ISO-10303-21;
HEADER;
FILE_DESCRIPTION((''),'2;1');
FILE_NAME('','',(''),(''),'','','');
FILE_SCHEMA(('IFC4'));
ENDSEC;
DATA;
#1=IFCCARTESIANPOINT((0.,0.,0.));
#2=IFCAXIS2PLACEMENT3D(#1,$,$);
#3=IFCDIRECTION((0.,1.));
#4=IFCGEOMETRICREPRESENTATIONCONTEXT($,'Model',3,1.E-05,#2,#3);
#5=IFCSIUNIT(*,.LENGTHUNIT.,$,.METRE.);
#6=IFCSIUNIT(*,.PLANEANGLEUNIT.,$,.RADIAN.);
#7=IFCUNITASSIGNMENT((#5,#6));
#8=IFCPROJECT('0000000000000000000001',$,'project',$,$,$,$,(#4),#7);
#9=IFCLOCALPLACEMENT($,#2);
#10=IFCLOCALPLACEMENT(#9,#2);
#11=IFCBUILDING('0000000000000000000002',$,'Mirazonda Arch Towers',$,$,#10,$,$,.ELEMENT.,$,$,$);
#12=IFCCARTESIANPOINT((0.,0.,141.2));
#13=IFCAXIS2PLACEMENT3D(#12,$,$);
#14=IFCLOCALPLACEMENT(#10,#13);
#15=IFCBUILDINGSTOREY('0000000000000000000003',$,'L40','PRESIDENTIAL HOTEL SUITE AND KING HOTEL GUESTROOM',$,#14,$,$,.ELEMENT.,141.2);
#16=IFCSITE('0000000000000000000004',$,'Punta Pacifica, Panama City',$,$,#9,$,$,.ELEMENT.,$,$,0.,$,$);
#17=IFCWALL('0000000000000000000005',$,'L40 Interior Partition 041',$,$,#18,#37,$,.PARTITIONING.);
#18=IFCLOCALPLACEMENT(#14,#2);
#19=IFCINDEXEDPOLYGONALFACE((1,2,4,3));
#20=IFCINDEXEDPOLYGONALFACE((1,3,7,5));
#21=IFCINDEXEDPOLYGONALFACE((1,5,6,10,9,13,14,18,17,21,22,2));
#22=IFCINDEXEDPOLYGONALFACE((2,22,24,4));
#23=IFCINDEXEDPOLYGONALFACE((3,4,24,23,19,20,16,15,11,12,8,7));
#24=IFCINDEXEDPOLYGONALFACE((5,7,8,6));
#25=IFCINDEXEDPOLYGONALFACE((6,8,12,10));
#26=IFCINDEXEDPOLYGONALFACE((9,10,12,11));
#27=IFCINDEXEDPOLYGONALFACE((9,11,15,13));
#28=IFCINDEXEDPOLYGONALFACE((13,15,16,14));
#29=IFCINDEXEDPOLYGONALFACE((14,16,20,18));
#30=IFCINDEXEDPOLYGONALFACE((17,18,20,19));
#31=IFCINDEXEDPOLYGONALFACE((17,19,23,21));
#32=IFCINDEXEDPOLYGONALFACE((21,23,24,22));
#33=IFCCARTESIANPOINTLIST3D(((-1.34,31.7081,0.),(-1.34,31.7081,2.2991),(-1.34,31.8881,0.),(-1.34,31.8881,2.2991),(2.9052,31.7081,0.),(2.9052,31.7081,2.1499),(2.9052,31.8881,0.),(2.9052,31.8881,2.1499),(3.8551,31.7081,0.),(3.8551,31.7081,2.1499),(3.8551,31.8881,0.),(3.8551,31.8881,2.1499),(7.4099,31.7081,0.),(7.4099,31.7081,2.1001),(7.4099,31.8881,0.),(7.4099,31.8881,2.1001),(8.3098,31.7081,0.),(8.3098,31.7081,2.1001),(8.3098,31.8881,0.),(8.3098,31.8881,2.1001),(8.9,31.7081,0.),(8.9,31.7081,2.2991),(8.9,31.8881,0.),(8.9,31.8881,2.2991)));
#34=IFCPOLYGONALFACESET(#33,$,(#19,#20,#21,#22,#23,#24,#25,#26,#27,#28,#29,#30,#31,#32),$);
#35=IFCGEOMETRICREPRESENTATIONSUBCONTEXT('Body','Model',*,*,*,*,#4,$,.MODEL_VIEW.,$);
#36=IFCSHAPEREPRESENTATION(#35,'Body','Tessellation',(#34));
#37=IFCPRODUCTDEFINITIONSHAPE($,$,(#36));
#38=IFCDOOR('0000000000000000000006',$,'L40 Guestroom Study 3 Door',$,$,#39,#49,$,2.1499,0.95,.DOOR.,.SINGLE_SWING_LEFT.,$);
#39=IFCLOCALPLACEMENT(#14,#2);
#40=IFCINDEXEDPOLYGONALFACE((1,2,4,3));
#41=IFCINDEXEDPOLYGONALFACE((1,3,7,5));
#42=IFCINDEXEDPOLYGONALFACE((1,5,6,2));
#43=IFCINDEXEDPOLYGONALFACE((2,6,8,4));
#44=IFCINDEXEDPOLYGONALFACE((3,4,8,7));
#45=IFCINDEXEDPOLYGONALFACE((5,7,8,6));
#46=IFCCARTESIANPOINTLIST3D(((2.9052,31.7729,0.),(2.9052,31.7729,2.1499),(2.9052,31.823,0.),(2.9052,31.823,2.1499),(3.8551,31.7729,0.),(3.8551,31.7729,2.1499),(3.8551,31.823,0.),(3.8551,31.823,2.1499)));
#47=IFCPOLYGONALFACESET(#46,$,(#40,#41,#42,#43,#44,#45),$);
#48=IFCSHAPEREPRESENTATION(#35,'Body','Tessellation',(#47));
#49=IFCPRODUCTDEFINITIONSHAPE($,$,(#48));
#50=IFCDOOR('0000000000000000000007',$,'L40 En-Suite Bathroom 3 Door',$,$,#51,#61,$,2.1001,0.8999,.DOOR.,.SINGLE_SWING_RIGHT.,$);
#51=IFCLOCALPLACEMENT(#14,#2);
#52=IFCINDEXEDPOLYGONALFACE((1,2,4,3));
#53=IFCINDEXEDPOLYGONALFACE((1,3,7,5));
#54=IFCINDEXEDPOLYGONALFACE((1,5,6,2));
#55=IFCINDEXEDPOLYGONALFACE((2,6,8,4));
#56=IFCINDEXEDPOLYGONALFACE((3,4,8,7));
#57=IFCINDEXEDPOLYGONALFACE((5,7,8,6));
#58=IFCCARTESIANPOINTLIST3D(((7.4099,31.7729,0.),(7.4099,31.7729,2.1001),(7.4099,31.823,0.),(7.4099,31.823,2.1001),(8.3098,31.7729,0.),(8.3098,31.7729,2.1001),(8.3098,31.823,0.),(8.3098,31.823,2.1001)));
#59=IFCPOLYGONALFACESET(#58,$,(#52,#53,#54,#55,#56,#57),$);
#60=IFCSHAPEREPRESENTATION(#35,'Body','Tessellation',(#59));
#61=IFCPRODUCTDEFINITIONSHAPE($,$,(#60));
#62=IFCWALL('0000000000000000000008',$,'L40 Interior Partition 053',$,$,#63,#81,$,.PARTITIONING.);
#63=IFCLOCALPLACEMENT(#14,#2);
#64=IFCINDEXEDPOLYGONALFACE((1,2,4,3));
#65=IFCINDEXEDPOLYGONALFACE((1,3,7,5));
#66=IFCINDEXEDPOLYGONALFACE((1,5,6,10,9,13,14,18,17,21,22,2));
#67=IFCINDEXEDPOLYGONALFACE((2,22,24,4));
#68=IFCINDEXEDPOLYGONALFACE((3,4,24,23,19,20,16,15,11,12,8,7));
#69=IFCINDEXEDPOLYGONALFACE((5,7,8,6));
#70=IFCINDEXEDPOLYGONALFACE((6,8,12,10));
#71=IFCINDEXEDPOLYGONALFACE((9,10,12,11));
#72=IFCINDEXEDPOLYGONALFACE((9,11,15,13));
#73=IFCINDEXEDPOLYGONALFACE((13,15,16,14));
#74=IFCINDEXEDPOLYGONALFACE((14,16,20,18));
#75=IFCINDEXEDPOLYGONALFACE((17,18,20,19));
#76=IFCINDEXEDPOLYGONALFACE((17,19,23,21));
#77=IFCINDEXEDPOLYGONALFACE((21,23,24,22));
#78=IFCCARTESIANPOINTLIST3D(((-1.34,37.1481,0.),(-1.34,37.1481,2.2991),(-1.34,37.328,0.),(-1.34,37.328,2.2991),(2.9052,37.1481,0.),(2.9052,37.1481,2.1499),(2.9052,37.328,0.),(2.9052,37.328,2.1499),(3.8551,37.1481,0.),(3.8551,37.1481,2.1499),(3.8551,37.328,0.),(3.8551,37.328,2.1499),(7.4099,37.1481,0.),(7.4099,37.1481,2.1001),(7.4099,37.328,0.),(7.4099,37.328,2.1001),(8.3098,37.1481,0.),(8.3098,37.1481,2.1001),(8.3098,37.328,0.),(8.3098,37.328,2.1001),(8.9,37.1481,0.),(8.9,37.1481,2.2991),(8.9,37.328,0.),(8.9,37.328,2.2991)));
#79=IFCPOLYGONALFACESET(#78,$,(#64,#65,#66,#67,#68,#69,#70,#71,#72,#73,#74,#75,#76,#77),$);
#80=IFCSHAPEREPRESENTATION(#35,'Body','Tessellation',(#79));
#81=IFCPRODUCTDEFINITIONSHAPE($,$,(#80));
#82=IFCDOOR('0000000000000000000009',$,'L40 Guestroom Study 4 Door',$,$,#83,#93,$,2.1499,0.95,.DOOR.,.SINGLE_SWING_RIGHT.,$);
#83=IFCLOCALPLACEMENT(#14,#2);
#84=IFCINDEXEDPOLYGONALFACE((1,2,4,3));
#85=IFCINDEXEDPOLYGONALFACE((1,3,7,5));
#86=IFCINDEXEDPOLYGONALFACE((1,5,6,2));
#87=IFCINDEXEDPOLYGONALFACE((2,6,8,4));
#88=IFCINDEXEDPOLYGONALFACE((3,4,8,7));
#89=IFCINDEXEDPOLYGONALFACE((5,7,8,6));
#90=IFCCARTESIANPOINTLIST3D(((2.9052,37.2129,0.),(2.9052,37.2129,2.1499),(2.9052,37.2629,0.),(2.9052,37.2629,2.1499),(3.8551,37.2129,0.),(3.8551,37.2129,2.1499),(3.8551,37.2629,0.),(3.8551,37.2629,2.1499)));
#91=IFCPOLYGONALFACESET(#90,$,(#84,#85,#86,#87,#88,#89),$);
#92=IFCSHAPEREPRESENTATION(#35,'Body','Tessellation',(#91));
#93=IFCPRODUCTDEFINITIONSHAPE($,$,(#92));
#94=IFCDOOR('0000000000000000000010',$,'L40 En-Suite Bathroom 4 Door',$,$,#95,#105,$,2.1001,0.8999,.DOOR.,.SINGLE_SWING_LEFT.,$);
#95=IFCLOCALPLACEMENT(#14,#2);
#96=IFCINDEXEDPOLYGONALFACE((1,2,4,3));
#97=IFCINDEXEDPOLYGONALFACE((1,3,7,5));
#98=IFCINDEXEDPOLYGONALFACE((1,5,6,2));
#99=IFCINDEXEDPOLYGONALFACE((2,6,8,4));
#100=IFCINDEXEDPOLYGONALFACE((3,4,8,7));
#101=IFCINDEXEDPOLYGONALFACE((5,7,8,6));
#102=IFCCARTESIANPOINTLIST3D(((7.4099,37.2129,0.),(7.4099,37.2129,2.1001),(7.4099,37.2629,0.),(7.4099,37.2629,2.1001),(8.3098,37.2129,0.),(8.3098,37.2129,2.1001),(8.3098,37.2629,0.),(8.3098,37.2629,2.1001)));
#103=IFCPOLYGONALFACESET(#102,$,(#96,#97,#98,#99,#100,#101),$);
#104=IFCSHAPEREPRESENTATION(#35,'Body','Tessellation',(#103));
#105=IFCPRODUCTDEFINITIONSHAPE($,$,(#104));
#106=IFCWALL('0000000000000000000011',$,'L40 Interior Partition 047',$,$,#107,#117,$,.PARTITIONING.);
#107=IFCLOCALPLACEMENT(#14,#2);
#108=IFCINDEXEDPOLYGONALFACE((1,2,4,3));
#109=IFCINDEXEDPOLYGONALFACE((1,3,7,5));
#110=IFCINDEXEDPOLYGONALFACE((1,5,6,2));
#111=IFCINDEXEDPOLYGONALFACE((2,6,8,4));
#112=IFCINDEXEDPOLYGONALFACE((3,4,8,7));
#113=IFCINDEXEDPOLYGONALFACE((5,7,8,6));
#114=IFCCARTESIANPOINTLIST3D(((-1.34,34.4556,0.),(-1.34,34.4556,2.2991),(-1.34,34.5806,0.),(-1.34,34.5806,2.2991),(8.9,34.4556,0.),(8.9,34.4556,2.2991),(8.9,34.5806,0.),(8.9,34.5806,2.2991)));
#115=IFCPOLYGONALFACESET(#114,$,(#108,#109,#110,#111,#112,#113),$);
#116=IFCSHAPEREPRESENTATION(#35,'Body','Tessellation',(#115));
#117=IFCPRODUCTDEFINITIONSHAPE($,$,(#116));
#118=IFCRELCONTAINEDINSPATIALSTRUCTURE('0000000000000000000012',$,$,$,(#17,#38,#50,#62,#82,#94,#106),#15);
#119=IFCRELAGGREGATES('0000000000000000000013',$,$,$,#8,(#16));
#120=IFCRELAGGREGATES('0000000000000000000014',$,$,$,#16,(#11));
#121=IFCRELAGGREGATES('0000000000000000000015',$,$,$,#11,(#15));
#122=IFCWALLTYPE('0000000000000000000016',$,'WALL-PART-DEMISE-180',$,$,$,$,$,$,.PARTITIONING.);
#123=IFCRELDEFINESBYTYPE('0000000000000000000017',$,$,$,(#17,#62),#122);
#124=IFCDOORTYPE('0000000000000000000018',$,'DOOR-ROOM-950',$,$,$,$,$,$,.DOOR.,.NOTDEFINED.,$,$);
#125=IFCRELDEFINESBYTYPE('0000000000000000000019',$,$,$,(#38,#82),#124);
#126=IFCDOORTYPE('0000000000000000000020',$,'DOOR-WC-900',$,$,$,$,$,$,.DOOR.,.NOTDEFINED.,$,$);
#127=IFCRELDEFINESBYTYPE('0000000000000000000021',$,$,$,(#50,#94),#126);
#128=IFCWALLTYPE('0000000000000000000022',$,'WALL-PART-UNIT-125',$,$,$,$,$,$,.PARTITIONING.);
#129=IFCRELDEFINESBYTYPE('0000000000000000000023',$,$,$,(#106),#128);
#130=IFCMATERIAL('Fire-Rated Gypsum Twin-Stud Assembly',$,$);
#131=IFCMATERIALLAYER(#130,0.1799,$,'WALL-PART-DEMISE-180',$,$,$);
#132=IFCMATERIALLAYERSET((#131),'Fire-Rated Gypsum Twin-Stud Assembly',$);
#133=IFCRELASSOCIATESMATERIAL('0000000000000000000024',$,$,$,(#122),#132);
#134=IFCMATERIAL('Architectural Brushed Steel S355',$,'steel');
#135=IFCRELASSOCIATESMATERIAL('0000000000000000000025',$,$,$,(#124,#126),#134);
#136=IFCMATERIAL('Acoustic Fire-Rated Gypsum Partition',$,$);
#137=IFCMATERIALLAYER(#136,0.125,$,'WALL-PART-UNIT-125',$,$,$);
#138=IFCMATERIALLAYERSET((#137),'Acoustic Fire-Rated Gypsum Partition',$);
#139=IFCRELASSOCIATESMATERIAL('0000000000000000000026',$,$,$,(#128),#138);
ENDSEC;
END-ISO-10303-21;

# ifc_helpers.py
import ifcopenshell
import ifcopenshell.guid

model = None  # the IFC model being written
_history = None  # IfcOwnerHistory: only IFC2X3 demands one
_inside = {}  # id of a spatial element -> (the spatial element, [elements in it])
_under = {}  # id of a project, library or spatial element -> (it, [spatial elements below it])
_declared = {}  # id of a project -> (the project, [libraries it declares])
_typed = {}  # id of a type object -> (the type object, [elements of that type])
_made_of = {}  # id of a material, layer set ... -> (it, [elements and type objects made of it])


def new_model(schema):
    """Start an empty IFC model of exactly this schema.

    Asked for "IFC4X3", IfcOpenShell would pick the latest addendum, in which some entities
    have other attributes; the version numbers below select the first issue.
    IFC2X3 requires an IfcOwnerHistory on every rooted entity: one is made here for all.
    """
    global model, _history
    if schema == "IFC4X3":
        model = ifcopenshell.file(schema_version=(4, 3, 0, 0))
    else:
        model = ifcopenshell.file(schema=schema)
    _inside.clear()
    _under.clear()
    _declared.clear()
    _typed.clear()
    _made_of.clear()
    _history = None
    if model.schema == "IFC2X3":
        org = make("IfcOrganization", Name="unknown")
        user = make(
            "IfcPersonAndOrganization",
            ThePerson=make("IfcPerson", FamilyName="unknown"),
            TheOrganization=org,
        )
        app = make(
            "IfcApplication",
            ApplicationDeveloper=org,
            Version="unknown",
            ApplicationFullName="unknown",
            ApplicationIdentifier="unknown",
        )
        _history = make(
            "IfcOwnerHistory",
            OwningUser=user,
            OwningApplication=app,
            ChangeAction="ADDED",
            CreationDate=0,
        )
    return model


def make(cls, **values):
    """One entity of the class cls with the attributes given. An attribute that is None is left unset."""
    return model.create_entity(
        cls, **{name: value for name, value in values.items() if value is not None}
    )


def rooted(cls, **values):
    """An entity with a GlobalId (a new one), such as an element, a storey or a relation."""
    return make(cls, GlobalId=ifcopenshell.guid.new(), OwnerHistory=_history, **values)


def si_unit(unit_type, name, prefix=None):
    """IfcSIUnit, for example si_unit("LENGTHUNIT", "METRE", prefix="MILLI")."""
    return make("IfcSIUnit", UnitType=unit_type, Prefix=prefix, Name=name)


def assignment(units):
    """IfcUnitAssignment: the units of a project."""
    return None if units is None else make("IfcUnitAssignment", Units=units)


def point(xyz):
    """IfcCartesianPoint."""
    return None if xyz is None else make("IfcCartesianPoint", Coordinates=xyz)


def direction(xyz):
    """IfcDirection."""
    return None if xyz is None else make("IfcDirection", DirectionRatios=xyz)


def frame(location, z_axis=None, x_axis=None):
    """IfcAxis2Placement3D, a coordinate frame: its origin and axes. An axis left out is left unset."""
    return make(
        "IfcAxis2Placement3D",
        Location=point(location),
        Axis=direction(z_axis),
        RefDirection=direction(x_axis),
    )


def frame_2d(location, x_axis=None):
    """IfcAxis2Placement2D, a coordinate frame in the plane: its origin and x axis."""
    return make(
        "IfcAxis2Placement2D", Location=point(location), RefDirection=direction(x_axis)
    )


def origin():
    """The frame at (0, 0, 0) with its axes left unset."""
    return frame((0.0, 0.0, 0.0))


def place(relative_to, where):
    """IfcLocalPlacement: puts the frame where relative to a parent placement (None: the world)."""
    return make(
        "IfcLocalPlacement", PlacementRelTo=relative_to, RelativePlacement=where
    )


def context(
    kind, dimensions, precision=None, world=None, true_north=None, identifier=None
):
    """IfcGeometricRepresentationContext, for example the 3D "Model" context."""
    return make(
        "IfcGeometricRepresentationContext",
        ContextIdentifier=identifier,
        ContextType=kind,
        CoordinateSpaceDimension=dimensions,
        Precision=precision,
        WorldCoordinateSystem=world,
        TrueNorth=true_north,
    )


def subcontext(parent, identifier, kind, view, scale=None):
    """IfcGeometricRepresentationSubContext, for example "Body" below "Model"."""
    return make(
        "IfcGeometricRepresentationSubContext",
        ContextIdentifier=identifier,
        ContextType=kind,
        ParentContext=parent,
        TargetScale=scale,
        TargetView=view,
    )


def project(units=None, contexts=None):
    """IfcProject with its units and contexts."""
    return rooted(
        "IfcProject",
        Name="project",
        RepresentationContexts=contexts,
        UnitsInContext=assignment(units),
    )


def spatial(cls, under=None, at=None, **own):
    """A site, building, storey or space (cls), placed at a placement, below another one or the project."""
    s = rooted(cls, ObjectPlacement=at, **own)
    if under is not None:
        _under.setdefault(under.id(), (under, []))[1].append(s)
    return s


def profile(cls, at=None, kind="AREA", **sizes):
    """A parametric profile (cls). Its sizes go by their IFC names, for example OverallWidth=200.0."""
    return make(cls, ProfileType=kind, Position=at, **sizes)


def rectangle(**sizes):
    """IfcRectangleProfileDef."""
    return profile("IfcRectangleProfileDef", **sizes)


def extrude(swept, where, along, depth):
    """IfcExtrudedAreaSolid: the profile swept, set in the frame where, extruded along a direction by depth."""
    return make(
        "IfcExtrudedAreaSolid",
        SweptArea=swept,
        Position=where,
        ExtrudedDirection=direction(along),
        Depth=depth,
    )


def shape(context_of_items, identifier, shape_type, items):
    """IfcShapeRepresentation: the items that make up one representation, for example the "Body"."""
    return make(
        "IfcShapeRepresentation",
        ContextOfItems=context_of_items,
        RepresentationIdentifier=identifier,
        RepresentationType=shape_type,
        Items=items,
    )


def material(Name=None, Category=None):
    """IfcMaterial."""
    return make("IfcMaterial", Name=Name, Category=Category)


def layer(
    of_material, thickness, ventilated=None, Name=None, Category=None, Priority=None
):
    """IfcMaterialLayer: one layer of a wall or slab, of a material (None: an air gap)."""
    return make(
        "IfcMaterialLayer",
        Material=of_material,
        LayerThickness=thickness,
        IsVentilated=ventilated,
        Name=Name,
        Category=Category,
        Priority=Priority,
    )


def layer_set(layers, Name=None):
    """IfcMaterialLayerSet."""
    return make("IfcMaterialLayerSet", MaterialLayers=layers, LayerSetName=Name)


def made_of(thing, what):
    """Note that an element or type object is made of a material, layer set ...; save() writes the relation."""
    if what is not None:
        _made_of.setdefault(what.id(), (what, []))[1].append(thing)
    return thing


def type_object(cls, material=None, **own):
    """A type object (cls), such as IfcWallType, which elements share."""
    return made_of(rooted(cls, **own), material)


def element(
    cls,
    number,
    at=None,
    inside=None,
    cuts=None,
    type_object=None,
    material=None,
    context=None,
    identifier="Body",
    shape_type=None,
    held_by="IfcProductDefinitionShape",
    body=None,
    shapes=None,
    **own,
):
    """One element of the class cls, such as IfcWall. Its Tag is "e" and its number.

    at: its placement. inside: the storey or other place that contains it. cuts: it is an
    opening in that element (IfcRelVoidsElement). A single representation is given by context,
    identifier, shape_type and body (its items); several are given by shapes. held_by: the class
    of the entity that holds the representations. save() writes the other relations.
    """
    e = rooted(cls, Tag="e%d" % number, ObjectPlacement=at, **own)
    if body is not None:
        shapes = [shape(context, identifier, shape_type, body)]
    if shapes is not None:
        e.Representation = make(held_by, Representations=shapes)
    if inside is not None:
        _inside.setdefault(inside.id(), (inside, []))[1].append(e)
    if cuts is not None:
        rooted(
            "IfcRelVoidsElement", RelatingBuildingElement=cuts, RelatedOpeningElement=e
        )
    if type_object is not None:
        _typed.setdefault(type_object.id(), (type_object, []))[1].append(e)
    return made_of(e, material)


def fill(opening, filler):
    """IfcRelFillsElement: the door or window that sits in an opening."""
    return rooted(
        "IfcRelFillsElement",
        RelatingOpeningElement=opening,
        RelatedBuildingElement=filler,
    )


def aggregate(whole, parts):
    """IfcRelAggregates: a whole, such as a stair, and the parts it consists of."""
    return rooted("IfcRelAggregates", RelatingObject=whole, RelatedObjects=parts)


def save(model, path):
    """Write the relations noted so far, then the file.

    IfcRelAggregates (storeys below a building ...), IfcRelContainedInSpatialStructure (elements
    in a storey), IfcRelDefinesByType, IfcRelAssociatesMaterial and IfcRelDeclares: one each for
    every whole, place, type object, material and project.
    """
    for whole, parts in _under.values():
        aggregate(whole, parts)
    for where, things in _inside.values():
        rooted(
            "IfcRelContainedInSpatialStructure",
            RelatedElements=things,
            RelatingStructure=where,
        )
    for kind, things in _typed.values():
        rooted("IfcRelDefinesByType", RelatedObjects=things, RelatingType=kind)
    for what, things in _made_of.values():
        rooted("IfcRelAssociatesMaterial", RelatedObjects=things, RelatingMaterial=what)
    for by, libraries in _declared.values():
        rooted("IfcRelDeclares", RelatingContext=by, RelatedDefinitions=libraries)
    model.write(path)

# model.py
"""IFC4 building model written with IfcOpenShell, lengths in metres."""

from ifc_helpers import new_model, si_unit, direction, frame, frame_2d, origin, place, context, subcontext, project, spatial, rectangle, extrude, material, layer, layer_set, type_object, element, fill, save


model = new_model("IFC4")

# Units and contexts
model_context = context("Model", 3, precision=1e-05, world=origin(), true_north=direction((0.0, 1.0)))
body_context = subcontext(model_context, "Body", "Model", "MODEL_VIEW")
ifc_project = project(units=[si_unit("LENGTHUNIT", "METRE"), si_unit("PLANEANGLEUNIT", "RADIAN")], contexts=[model_context])

# Site, building, storey
site_placement = place(None, origin())
site = spatial("IfcSite", under=ifc_project, at=site_placement, Name="Punta Pacifica, Panama City", CompositionType="ELEMENT", RefElevation=0.0)
building_placement = place(site_placement, origin())
building = spatial("IfcBuilding", under=site, at=building_placement, Name="Mirazonda Arch Towers", CompositionType="ELEMENT")
storey_placement = place(building_placement, frame((0.0, 0.0, 141.2)))
storey = spatial("IfcBuildingStorey", under=building, at=storey_placement, Name="L40", Description="PRESIDENTIAL HOTEL SUITE AND KING HOTEL GUESTROOM", CompositionType="ELEMENT", Elevation=141.2)

# Shared definitions
ifc_material_1 = material(Name="Fire-Rated Gypsum Twin-Stud Assembly")
ifc_layer_1 = layer(ifc_material_1, 0.1799, Name="WALL-PART-DEMISE-180")
ifc_layer_set_1 = layer_set([ifc_layer_1], Name="Fire-Rated Gypsum Twin-Stud Assembly")
wall_type_1 = type_object("IfcWallType", Name="WALL-PART-DEMISE-180", PredefinedType="PARTITIONING", material=ifc_layer_set_1)

# Walls, openings, doors
wall_1_placement = place(storey_placement, frame((-1.3401, 31.7981, 0.0), z_axis=(0.0, 0.0, 1.0), x_axis=(1.0, 0.0, 0.0)))
wall_1 = element("IfcWall", 1, at=wall_1_placement, inside=storey, type_object=wall_type_1, Name="L40 Interior Partition 041", PredefinedType="PARTITIONING", context=body_context, shape_type="SweptSolid", body=[
    extrude(rectangle(XDim=10.24, YDim=0.1799, at=frame_2d((5.1201, 0.0))), origin(), (0.0, 0.0, 1.0), 2.2991),
])
opening_1_placement = place(wall_1_placement, frame((4.2451, 0.0, 0.0)))
opening_1 = element("IfcOpeningElement", 2, at=opening_1_placement, cuts=wall_1, PredefinedType="OPENING", context=body_context, shape_type="SweptSolid", body=[
    extrude(rectangle(XDim=0.95, YDim=2.1499, at=frame_2d((0.4751, 1.075))), frame((0.0, 0.0999, 0.0), z_axis=(0.0, -1.0, 0.0), x_axis=(1.0, 0.0, 0.0)), (0.0, 0.0, 1.0), 0.2),
])
opening_2_placement = place(wall_1_placement, frame((8.75, 0.0, 0.0)))
opening_2 = element("IfcOpeningElement", 3, at=opening_2_placement, cuts=wall_1, PredefinedType="OPENING", context=body_context, shape_type="SweptSolid", body=[
    extrude(rectangle(XDim=0.8999, YDim=2.1001, at=frame_2d((0.45, 1.05))), frame((0.0, 0.0999, 0.0), z_axis=(0.0, -1.0, 0.0), x_axis=(1.0, 0.0, 0.0)), (0.0, 0.0, 1.0), 0.2),
])
ifc_material_2 = material(Name="Architectural Brushed Steel S355", Category="steel")
door_type_1 = type_object("IfcDoorType", Name="DOOR-ROOM-950", OperationType="NOTDEFINED", PredefinedType="DOOR", material=ifc_material_2)
door_1_placement = place(opening_1_placement, origin())
door_1 = element("IfcDoor", 4, at=door_1_placement, inside=storey, type_object=door_type_1, Name="L40 Guestroom Study 3 Door", OperationType="SINGLE_SWING_LEFT", OverallHeight=2.1499, OverallWidth=0.95, PredefinedType="DOOR", context=body_context, shape_type="SweptSolid", body=[
    extrude(rectangle(XDim=0.95, YDim=2.1499, at=frame_2d((0.4751, 1.075))), frame((0.0, 0.0249, 0.0), z_axis=(0.0, -1.0, 0.0), x_axis=(1.0, 0.0, 0.0)), (0.0, 0.0, 1.0), 0.05),
])
fill(opening_1, door_1)
door_type_2 = type_object("IfcDoorType", Name="DOOR-WC-900", OperationType="NOTDEFINED", PredefinedType="DOOR", material=ifc_material_2)
door_2_placement = place(opening_2_placement, origin())
door_2 = element("IfcDoor", 5, at=door_2_placement, inside=storey, type_object=door_type_2, Name="L40 En-Suite Bathroom 3 Door", OperationType="SINGLE_SWING_RIGHT", OverallHeight=2.1001, OverallWidth=0.8999, PredefinedType="DOOR", context=body_context, shape_type="SweptSolid", body=[
    extrude(rectangle(XDim=0.8999, YDim=2.1001, at=frame_2d((0.45, 1.05))), frame((0.0, 0.0249, 0.0), z_axis=(0.0, -1.0, 0.0), x_axis=(1.0, 0.0, 0.0)), (0.0, 0.0, 1.0), 0.05),
])
fill(opening_2, door_2)
wall_2_placement = place(storey_placement, frame((-1.3401, 37.238, 0.0), z_axis=(0.0, 0.0, 1.0), x_axis=(1.0, 0.0, 0.0)))
wall_2 = element("IfcWall", 6, at=wall_2_placement, inside=storey, type_object=wall_type_1, Name="L40 Interior Partition 053", PredefinedType="PARTITIONING", context=body_context, shape_type="SweptSolid", body=[
    extrude(rectangle(XDim=10.24, YDim=0.1799, at=frame_2d((5.1201, 0.0))), origin(), (0.0, 0.0, 1.0), 2.2991),
])
opening_3_placement = place(wall_2_placement, frame((4.2451, 0.0, 0.0)))
opening_3 = element("IfcOpeningElement", 7, at=opening_3_placement, cuts=wall_2, PredefinedType="OPENING", context=body_context, shape_type="SweptSolid", body=[
    extrude(rectangle(XDim=0.95, YDim=2.1499, at=frame_2d((0.4751, 1.075))), frame((0.0, 0.0999, 0.0), z_axis=(0.0, -1.0, 0.0), x_axis=(1.0, 0.0, 0.0)), (0.0, 0.0, 1.0), 0.2),
])
opening_4_placement = place(wall_2_placement, frame((8.75, 0.0, 0.0)))
opening_4 = element("IfcOpeningElement", 8, at=opening_4_placement, cuts=wall_2, PredefinedType="OPENING", context=body_context, shape_type="SweptSolid", body=[
    extrude(rectangle(XDim=0.8999, YDim=2.1001, at=frame_2d((0.45, 1.05))), frame((0.0, 0.0999, 0.0), z_axis=(0.0, -1.0, 0.0), x_axis=(1.0, 0.0, 0.0)), (0.0, 0.0, 1.0), 0.2),
])
door_3_placement = place(opening_3_placement, origin())
door_3 = element("IfcDoor", 9, at=door_3_placement, inside=storey, type_object=door_type_1, Name="L40 Guestroom Study 4 Door", OperationType="SINGLE_SWING_RIGHT", OverallHeight=2.1499, OverallWidth=0.95, PredefinedType="DOOR", context=body_context, shape_type="SweptSolid", body=[
    extrude(rectangle(XDim=0.95, YDim=2.1499, at=frame_2d((0.4751, 1.075))), frame((0.0, 0.0249, 0.0), z_axis=(0.0, -1.0, 0.0), x_axis=(1.0, 0.0, 0.0)), (0.0, 0.0, 1.0), 0.05),
])
fill(opening_3, door_3)
door_4_placement = place(opening_4_placement, origin())
door_4 = element("IfcDoor", 10, at=door_4_placement, inside=storey, type_object=door_type_2, Name="L40 En-Suite Bathroom 4 Door", OperationType="SINGLE_SWING_LEFT", OverallHeight=2.1001, OverallWidth=0.8999, PredefinedType="DOOR", context=body_context, shape_type="SweptSolid", body=[
    extrude(rectangle(XDim=0.8999, YDim=2.1001, at=frame_2d((0.45, 1.05))), frame((0.0, 0.0249, 0.0), z_axis=(0.0, -1.0, 0.0), x_axis=(1.0, 0.0, 0.0)), (0.0, 0.0, 1.0), 0.05),
])
fill(opening_4, door_4)

# Wall
ifc_material_3 = material(Name="Acoustic Fire-Rated Gypsum Partition")
ifc_layer_2 = layer(ifc_material_3, 0.125, Name="WALL-PART-UNIT-125")
ifc_layer_set_2 = layer_set([ifc_layer_2], Name="Acoustic Fire-Rated Gypsum Partition")
wall_type_2 = type_object("IfcWallType", Name="WALL-PART-UNIT-125", PredefinedType="PARTITIONING", material=ifc_layer_set_2)
wall_3_placement = place(storey_placement, frame((-1.3401, 34.5181, 0.0), z_axis=(0.0, 0.0, 1.0), x_axis=(1.0, 0.0, 0.0)))
element("IfcWall", 11, at=wall_3_placement, inside=storey, type_object=wall_type_2, Name="L40 Interior Partition 047", PredefinedType="PARTITIONING", context=body_context, shape_type="SweptSolid", body=[
    extrude(rectangle(XDim=10.24, YDim=0.125, at=frame_2d((5.1201, 0.0))), origin(), (0.0, 0.0, 1.0), 2.2991),
])

save(model, "model.ifc")
